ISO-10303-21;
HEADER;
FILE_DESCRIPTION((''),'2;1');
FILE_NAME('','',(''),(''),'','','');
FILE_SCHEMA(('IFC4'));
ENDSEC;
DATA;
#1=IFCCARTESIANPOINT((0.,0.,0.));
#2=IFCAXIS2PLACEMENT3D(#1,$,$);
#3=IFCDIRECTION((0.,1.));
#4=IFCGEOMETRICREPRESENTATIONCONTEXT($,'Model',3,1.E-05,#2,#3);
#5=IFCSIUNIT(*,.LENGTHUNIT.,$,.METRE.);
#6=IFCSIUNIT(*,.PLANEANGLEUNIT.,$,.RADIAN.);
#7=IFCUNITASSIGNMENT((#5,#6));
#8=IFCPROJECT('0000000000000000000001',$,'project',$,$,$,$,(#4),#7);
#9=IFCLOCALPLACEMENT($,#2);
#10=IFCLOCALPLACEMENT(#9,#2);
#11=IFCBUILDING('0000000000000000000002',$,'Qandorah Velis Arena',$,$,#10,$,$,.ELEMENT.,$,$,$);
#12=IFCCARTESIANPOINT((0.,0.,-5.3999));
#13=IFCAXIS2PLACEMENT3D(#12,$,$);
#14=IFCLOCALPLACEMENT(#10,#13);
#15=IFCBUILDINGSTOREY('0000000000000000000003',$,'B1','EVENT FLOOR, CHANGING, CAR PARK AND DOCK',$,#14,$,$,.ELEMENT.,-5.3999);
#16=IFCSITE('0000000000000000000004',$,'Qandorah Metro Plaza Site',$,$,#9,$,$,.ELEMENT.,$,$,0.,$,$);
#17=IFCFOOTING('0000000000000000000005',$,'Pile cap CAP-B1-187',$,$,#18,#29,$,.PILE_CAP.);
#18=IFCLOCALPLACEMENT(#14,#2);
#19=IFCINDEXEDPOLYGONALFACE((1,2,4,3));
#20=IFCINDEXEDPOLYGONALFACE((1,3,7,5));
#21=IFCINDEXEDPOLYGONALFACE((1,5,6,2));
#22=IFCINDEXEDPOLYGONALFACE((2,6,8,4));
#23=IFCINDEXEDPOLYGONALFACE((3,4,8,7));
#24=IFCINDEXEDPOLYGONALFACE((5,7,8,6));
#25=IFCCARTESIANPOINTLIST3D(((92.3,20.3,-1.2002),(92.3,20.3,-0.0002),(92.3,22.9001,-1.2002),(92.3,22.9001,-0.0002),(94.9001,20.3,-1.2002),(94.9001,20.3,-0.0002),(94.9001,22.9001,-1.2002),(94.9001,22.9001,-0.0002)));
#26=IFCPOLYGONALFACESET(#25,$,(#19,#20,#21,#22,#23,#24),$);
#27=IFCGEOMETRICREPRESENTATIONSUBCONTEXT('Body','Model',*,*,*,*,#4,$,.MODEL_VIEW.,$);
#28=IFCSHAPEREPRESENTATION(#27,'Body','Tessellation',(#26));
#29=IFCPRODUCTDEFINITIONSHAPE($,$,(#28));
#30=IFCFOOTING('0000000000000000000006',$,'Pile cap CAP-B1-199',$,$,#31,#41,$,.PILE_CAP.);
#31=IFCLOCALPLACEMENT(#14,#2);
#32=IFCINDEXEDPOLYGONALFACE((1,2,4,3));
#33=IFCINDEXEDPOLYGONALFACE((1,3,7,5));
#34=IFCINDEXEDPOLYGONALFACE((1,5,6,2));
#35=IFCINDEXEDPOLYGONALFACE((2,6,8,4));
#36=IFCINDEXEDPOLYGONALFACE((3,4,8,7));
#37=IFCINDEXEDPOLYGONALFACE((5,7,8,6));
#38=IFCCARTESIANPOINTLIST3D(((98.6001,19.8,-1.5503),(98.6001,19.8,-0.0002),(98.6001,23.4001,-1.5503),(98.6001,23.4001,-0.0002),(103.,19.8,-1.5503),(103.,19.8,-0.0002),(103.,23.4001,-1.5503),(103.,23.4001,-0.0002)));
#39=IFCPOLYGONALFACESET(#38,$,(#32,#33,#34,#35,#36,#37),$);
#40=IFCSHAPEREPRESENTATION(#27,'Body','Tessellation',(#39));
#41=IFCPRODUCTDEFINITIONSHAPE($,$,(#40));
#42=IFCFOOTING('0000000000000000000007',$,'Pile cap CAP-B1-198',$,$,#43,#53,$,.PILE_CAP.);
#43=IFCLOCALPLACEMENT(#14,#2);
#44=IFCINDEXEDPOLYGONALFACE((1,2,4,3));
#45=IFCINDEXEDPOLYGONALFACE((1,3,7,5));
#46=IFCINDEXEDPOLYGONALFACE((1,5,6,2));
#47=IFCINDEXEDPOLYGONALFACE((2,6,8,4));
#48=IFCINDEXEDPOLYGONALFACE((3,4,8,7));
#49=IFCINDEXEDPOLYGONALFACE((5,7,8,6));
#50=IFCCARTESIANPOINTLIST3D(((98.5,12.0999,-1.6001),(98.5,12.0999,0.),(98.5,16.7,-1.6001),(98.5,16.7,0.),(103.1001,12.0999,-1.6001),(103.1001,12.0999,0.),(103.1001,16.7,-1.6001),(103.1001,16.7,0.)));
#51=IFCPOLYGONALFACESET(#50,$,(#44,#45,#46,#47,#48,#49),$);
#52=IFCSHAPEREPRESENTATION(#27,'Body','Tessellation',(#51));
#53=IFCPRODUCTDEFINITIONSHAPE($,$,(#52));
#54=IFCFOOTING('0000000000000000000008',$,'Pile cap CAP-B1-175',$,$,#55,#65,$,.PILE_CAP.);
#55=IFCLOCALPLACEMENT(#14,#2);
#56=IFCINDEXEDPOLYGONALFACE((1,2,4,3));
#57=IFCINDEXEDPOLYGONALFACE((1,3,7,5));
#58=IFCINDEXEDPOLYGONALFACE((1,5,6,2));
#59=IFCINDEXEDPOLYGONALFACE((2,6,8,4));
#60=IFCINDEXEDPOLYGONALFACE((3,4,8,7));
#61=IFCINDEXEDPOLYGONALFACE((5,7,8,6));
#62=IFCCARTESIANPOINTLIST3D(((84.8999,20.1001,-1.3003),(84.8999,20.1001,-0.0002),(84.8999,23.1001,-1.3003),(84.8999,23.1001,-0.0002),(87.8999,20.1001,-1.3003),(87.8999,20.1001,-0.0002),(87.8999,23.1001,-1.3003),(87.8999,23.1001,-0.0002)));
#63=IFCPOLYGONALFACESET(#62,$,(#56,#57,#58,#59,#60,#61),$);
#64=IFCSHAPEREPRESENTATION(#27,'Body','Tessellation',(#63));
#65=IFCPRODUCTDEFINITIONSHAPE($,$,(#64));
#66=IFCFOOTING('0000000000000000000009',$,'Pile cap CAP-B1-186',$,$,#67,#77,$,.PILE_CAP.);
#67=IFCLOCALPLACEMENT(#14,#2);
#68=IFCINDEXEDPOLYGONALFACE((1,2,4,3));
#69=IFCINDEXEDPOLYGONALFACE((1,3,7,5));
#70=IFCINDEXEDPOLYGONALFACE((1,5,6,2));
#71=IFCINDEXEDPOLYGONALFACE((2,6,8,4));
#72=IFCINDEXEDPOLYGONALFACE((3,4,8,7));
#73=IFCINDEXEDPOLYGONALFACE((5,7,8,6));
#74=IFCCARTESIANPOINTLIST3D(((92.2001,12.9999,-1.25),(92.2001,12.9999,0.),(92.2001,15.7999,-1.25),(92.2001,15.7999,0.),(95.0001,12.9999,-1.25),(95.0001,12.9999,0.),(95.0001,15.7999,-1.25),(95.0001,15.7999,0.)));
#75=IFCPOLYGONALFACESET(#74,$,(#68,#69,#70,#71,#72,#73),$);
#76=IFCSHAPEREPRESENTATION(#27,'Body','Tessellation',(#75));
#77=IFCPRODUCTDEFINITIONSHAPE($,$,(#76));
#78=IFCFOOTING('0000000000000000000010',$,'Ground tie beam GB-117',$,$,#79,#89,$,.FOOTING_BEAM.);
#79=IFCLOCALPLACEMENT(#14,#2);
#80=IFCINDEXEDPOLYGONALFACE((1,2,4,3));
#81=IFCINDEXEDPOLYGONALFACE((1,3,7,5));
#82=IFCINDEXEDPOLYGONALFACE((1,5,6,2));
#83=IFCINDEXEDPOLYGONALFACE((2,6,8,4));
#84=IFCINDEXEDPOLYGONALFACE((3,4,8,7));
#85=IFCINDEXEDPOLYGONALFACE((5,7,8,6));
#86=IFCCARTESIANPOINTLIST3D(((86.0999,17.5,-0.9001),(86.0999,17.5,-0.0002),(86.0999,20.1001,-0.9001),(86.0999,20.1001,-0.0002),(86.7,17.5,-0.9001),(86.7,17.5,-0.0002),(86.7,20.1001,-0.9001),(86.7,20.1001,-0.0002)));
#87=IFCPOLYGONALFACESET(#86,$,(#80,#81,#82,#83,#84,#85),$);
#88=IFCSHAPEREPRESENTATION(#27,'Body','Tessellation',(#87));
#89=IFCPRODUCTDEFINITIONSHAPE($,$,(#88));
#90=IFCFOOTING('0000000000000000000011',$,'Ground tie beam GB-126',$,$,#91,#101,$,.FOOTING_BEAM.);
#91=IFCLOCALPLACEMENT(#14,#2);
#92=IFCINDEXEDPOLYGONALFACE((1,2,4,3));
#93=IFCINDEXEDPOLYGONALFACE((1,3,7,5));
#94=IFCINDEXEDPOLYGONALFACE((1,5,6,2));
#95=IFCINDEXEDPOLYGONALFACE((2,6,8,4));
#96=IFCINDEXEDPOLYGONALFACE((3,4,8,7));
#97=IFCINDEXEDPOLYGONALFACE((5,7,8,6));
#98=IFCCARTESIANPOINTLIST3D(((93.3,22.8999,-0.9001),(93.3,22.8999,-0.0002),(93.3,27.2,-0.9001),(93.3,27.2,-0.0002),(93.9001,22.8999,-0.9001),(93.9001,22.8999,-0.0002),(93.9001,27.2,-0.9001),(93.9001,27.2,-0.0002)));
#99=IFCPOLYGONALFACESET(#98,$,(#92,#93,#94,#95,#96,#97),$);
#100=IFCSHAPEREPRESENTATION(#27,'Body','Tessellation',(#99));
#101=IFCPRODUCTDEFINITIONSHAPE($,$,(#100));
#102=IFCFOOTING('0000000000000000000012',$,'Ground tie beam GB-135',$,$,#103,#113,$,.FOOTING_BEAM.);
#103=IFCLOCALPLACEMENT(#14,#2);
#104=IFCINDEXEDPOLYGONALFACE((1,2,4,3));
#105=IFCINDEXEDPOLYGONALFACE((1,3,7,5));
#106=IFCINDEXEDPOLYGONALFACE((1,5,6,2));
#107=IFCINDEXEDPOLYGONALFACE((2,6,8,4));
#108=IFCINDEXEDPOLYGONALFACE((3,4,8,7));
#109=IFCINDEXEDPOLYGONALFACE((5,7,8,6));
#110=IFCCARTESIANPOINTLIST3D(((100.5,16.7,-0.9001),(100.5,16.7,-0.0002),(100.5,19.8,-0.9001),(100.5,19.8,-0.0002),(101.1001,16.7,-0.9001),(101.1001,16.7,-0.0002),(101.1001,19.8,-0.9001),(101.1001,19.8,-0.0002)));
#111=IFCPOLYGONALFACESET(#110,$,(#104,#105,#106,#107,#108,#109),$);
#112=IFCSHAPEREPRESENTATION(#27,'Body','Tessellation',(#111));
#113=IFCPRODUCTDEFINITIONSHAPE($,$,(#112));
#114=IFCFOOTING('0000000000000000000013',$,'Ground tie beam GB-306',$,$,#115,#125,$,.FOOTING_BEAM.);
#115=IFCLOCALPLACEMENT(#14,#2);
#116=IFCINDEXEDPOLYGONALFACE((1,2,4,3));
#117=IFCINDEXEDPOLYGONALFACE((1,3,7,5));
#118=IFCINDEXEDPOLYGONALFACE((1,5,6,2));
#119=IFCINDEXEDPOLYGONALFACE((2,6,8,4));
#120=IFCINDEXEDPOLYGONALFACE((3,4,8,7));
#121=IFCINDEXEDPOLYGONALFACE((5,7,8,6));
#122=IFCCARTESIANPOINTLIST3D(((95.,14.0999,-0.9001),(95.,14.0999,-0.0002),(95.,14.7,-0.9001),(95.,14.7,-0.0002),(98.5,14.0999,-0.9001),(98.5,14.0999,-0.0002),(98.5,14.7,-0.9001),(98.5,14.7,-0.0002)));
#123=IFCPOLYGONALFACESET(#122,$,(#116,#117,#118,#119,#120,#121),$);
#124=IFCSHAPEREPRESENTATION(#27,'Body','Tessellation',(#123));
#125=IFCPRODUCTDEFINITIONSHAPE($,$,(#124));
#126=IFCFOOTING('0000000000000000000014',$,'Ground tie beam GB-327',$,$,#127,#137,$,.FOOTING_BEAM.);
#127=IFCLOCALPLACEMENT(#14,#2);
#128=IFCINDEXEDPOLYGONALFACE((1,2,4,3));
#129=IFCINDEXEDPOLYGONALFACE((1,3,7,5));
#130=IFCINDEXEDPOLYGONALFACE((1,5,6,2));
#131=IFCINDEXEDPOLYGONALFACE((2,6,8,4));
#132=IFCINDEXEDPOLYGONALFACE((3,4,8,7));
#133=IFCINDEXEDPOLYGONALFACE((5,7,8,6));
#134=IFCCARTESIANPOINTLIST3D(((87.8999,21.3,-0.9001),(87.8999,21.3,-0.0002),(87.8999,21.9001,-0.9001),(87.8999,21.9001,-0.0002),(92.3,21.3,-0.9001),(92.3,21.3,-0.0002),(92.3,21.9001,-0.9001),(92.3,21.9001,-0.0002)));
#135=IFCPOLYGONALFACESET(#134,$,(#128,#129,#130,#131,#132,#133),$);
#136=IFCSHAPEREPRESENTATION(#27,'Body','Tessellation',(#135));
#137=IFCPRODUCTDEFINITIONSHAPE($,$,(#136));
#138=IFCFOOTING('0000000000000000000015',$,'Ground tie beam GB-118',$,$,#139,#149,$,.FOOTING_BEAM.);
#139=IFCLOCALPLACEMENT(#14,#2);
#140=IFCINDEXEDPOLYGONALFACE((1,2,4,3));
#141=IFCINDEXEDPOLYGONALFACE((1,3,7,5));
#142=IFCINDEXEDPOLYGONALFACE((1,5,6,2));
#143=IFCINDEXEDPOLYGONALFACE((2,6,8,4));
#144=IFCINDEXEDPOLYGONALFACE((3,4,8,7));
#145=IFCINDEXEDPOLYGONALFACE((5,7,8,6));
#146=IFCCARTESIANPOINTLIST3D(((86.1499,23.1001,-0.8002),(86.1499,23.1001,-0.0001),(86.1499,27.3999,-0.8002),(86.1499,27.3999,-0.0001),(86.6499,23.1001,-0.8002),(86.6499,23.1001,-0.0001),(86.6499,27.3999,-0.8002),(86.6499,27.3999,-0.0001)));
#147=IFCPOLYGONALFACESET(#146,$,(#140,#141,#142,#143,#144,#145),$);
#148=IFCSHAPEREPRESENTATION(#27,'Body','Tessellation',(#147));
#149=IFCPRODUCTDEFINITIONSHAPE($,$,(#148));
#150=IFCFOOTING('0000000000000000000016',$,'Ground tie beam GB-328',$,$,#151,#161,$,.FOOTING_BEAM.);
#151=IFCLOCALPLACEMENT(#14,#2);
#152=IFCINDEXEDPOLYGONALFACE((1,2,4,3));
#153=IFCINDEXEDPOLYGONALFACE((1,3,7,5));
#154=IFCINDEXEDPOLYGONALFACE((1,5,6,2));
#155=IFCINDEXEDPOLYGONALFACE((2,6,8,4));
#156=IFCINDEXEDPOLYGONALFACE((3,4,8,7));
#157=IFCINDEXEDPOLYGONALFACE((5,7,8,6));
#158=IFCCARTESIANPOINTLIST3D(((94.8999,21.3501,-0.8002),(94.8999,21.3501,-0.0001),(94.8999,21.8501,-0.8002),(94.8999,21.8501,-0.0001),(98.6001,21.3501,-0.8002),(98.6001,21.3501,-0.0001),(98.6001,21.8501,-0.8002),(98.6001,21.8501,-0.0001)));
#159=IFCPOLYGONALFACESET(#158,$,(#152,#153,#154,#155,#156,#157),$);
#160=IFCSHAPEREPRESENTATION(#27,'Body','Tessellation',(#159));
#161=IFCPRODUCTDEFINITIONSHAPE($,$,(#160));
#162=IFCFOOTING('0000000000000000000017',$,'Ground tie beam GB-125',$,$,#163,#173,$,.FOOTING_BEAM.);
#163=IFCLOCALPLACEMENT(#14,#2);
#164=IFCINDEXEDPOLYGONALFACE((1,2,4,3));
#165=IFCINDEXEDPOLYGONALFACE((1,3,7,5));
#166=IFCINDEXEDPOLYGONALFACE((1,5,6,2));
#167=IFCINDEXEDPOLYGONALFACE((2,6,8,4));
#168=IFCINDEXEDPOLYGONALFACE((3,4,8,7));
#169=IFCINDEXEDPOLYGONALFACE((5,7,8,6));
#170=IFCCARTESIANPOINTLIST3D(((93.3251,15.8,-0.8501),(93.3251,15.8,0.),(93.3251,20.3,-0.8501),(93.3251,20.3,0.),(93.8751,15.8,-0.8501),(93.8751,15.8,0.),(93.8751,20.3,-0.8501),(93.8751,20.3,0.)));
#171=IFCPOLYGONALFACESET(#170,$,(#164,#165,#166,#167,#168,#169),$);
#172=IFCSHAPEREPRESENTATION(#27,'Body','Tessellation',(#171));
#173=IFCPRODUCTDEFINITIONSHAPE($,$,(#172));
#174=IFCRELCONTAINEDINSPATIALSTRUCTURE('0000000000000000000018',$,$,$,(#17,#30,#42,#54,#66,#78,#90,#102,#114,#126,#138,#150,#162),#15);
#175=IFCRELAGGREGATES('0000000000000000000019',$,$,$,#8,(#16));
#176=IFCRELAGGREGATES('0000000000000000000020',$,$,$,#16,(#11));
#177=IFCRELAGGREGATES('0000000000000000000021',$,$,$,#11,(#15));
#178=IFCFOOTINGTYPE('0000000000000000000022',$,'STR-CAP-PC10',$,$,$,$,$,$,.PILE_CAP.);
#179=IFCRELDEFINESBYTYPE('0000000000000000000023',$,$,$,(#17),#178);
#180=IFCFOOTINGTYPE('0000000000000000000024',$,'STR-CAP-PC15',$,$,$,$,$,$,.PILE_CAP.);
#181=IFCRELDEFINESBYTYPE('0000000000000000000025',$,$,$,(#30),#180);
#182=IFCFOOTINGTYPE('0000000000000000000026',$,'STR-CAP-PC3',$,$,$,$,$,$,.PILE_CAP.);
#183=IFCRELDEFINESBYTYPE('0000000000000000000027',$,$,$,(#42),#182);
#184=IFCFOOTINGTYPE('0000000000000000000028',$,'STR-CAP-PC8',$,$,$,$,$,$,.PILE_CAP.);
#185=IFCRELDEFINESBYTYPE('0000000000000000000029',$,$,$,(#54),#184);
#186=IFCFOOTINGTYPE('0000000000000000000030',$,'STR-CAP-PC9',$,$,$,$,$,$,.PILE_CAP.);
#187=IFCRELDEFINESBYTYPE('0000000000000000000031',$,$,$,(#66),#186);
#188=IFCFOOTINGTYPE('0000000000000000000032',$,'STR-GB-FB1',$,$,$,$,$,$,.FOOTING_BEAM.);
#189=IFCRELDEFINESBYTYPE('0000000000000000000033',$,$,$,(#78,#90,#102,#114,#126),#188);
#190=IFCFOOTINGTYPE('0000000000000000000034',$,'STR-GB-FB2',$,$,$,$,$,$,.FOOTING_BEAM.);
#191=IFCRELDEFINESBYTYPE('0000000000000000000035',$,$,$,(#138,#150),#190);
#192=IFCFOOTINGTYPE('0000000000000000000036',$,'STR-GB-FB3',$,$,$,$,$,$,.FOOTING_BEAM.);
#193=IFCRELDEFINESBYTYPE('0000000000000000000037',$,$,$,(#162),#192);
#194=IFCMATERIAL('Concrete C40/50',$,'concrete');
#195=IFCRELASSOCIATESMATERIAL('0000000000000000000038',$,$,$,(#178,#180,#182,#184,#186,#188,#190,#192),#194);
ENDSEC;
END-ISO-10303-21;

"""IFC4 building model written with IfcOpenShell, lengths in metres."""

from ifc_helpers import new_model, si_unit, direction, frame, origin, origin_2d, place, context, subcontext, project, spatial, rectangle, extrude, material, material_profile, profile_set, type_object, element, save


model = new_model("IFC4")

# Units and contexts
model_context = context("Model", 3, precision=1e-05, world=origin(), true_north=direction((0.0, 1.0)))
body_context = subcontext(model_context, "Body", "Model", "MODEL_VIEW")
ifc_project = project(units=[si_unit("LENGTHUNIT", "METRE"), si_unit("PLANEANGLEUNIT", "RADIAN")], contexts=[model_context])

# Site, building, storey
site_placement = place(None, origin())
site = spatial("IfcSite", under=ifc_project, at=site_placement, Name="Qandorah Metro Plaza Site", CompositionType="ELEMENT", RefElevation=0.0)
building_placement = place(site_placement, origin())
building = spatial("IfcBuilding", under=site, at=building_placement, Name="Qandorah Velis Arena", CompositionType="ELEMENT")
storey_placement = place(building_placement, frame((0.0, 0.0, -5.3999)))
storey = spatial("IfcBuildingStorey", under=building, at=storey_placement, Name="B1", Description="EVENT FLOOR, CHANGING, CAR PARK AND DOCK", CompositionType="ELEMENT", Elevation=-5.3999)

# Footings
ifc_material_1 = material(Name="Concrete C40/50", Category="concrete")
footing_type_1 = type_object("IfcFootingType", Name="STR-CAP-PC10", PredefinedType="PILE_CAP", material=ifc_material_1)
footing_1_placement = place(storey_placement, frame((93.6001, 21.6001, -1.2002), z_axis=(0.0, 0.0, 1.0), x_axis=(1.0, 0.0, 0.0)))
element("IfcFooting", 1, at=footing_1_placement, inside=storey, type_object=footing_type_1, Name="Pile cap CAP-B1-187", PredefinedType="PILE_CAP", context=body_context, shape_type="SweptSolid", body=[
    extrude(rectangle(XDim=2.6001, YDim=2.6001, at=origin_2d()), origin(), (0.0, 0.0, 1.0), 1.2),
])
footing_type_2 = type_object("IfcFootingType", Name="STR-CAP-PC15", PredefinedType="PILE_CAP", material=ifc_material_1)
footing_2_placement = place(storey_placement, frame((100.8, 21.6001, -1.5503), z_axis=(0.0, 0.0, 1.0), x_axis=(1.0, 0.0, 0.0)))
element("IfcFooting", 2, at=footing_2_placement, inside=storey, type_object=footing_type_2, Name="Pile cap CAP-B1-199", PredefinedType="PILE_CAP", context=body_context, shape_type="SweptSolid", body=[
    extrude(rectangle(XDim=4.3999, YDim=3.6001, at=origin_2d()), origin(), (0.0, 0.0, 1.0), 1.55),
])
footing_type_3 = type_object("IfcFootingType", Name="STR-CAP-PC3", PredefinedType="PILE_CAP", material=ifc_material_1)
footing_3_placement = place(storey_placement, frame((100.8, 14.3999, -1.6001), z_axis=(0.0, 0.0, 1.0), x_axis=(1.0, 0.0, 0.0)))
element("IfcFooting", 3, at=footing_3_placement, inside=storey, type_object=footing_type_3, Name="Pile cap CAP-B1-198", PredefinedType="PILE_CAP", context=body_context, shape_type="SweptSolid", body=[
    extrude(rectangle(XDim=4.6001, YDim=4.6001, at=origin_2d()), origin(), (0.0, 0.0, 1.0), 1.6001),
])
footing_type_4 = type_object("IfcFootingType", Name="STR-CAP-PC8", PredefinedType="PILE_CAP", material=ifc_material_1)
footing_4_placement = place(storey_placement, frame((86.3999, 21.6001, -1.3003), z_axis=(0.0, 0.0, 1.0), x_axis=(1.0, 0.0, 0.0)))
element("IfcFooting", 4, at=footing_4_placement, inside=storey, type_object=footing_type_4, Name="Pile cap CAP-B1-175", PredefinedType="PILE_CAP", context=body_context, shape_type="SweptSolid", body=[
    extrude(rectangle(XDim=3.0, YDim=3.0, at=origin_2d()), origin(), (0.0, 0.0, 1.0), 1.3),
])
footing_type_5 = type_object("IfcFootingType", Name="STR-CAP-PC9", PredefinedType="PILE_CAP", material=ifc_material_1)
footing_5_placement = place(storey_placement, frame((93.6001, 14.3999, -1.25), z_axis=(0.0, 0.0, 1.0), x_axis=(1.0, 0.0, 0.0)))
element("IfcFooting", 5, at=footing_5_placement, inside=storey, type_object=footing_type_5, Name="Pile cap CAP-B1-186", PredefinedType="PILE_CAP", context=body_context, shape_type="SweptSolid", body=[
    extrude(rectangle(XDim=2.8, YDim=2.8, at=origin_2d()), origin(), (0.0, 0.0, 1.0), 1.25),
])
ifc_material_profile_1 = material_profile(ifc_material_1, rectangle(XDim=0.6001, YDim=0.8999, at=origin_2d()), Name="GB1 600x900")
ifc_profile_set_1 = profile_set([ifc_material_profile_1], Name="Concrete C40/50")
footing_type_6 = type_object("IfcFootingType", Name="STR-GB-FB1", PredefinedType="FOOTING_BEAM", material=ifc_profile_set_1)
footing_6_placement = place(storey_placement, frame((86.3999, 17.5, -0.4502), z_axis=(0.0, 1.0, 0.0), x_axis=(-1.0, 0.0, 0.0)))
element("IfcFooting", 6, at=footing_6_placement, inside=storey, type_object=footing_type_6, Name="Ground tie beam GB-117", PredefinedType="FOOTING_BEAM", context=body_context, shape_type="SweptSolid", body=[
    extrude(rectangle(XDim=0.6001, YDim=0.8999, at=origin_2d()), origin(), (0.0, 0.0, 1.0), 2.6001),
])
footing_7_placement = place(storey_placement, frame((93.6001, 22.8999, -0.4502), z_axis=(0.0, 1.0, 0.0), x_axis=(-1.0, 0.0, 0.0)))
element("IfcFooting", 7, at=footing_7_placement, inside=storey, type_object=footing_type_6, Name="Ground tie beam GB-126", PredefinedType="FOOTING_BEAM", context=body_context, shape_type="SweptSolid", body=[
    extrude(rectangle(XDim=0.6001, YDim=0.8999, at=origin_2d()), origin(), (0.0, 0.0, 1.0), 4.3),
])
footing_8_placement = place(storey_placement, frame((100.8, 16.7, -0.4502), z_axis=(0.0, 1.0, 0.0), x_axis=(-1.0, 0.0, 0.0)))
element("IfcFooting", 8, at=footing_8_placement, inside=storey, type_object=footing_type_6, Name="Ground tie beam GB-135", PredefinedType="FOOTING_BEAM", context=body_context, shape_type="SweptSolid", body=[
    extrude(rectangle(XDim=0.6001, YDim=0.8999, at=origin_2d()), origin(), (0.0, 0.0, 1.0), 3.1001),
])
footing_9_placement = place(storey_placement, frame((95.0, 14.3999, -0.4502), z_axis=(1.0, 0.0, 0.0), x_axis=(0.0, 1.0, 0.0)))
element("IfcFooting", 9, at=footing_9_placement, inside=storey, type_object=footing_type_6, Name="Ground tie beam GB-306", PredefinedType="FOOTING_BEAM", context=body_context, shape_type="SweptSolid", body=[
    extrude(rectangle(XDim=0.6001, YDim=0.8999, at=origin_2d()), origin(), (0.0, 0.0, 1.0), 3.5),
])
footing_10_placement = place(storey_placement, frame((87.8999, 21.6001, -0.4502), z_axis=(1.0, 0.0, 0.0), x_axis=(0.0, 1.0, 0.0)))
element("IfcFooting", 10, at=footing_10_placement, inside=storey, type_object=footing_type_6, Name="Ground tie beam GB-327", PredefinedType="FOOTING_BEAM", context=body_context, shape_type="SweptSolid", body=[
    extrude(rectangle(XDim=0.6001, YDim=0.8999, at=origin_2d()), origin(), (0.0, 0.0, 1.0), 4.4001),
])
ifc_material_profile_2 = material_profile(ifc_material_1, rectangle(XDim=0.5, YDim=0.8, at=origin_2d()), Name="GB2 500x800")
ifc_profile_set_2 = profile_set([ifc_material_profile_2], Name="Concrete C40/50")
footing_type_7 = type_object("IfcFootingType", Name="STR-GB-FB2", PredefinedType="FOOTING_BEAM", material=ifc_profile_set_2)
footing_11_placement = place(storey_placement, frame((86.3999, 23.1001, -0.4001), z_axis=(0.0, 1.0, 0.0), x_axis=(-1.0, 0.0, 0.0)))
element("IfcFooting", 11, at=footing_11_placement, inside=storey, type_object=footing_type_7, Name="Ground tie beam GB-118", PredefinedType="FOOTING_BEAM", context=body_context, shape_type="SweptSolid", body=[
    extrude(rectangle(XDim=0.5, YDim=0.8, at=origin_2d()), origin(), (0.0, 0.0, 1.0), 4.2998),
])
footing_12_placement = place(storey_placement, frame((94.8999, 21.6001, -0.4001), z_axis=(1.0, 0.0, 0.0), x_axis=(0.0, 1.0, 0.0)))
element("IfcFooting", 12, at=footing_12_placement, inside=storey, type_object=footing_type_7, Name="Ground tie beam GB-328", PredefinedType="FOOTING_BEAM", context=body_context, shape_type="SweptSolid", body=[
    extrude(rectangle(XDim=0.5, YDim=0.8, at=origin_2d()), origin(), (0.0, 0.0, 1.0), 3.7002),
])
ifc_material_profile_3 = material_profile(ifc_material_1, rectangle(XDim=0.55, YDim=0.8501, at=origin_2d()), Name="GB3 550x850")
ifc_profile_set_3 = profile_set([ifc_material_profile_3], Name="Concrete C40/50")
footing_type_8 = type_object("IfcFootingType", Name="STR-GB-FB3", PredefinedType="FOOTING_BEAM", material=ifc_profile_set_3)
footing_13_placement = place(storey_placement, frame((93.6001, 15.8, -0.425), z_axis=(0.0, 1.0, 0.0), x_axis=(-1.0, 0.0, 0.0)))
element("IfcFooting", 13, at=footing_13_placement, inside=storey, type_object=footing_type_8, Name="Ground tie beam GB-125", PredefinedType="FOOTING_BEAM", context=body_context, shape_type="SweptSolid", body=[
    extrude(rectangle(XDim=0.55, YDim=0.8501, at=origin_2d()), origin(), (0.0, 0.0, 1.0), 4.5),
])

save(model, "model.ifc")
